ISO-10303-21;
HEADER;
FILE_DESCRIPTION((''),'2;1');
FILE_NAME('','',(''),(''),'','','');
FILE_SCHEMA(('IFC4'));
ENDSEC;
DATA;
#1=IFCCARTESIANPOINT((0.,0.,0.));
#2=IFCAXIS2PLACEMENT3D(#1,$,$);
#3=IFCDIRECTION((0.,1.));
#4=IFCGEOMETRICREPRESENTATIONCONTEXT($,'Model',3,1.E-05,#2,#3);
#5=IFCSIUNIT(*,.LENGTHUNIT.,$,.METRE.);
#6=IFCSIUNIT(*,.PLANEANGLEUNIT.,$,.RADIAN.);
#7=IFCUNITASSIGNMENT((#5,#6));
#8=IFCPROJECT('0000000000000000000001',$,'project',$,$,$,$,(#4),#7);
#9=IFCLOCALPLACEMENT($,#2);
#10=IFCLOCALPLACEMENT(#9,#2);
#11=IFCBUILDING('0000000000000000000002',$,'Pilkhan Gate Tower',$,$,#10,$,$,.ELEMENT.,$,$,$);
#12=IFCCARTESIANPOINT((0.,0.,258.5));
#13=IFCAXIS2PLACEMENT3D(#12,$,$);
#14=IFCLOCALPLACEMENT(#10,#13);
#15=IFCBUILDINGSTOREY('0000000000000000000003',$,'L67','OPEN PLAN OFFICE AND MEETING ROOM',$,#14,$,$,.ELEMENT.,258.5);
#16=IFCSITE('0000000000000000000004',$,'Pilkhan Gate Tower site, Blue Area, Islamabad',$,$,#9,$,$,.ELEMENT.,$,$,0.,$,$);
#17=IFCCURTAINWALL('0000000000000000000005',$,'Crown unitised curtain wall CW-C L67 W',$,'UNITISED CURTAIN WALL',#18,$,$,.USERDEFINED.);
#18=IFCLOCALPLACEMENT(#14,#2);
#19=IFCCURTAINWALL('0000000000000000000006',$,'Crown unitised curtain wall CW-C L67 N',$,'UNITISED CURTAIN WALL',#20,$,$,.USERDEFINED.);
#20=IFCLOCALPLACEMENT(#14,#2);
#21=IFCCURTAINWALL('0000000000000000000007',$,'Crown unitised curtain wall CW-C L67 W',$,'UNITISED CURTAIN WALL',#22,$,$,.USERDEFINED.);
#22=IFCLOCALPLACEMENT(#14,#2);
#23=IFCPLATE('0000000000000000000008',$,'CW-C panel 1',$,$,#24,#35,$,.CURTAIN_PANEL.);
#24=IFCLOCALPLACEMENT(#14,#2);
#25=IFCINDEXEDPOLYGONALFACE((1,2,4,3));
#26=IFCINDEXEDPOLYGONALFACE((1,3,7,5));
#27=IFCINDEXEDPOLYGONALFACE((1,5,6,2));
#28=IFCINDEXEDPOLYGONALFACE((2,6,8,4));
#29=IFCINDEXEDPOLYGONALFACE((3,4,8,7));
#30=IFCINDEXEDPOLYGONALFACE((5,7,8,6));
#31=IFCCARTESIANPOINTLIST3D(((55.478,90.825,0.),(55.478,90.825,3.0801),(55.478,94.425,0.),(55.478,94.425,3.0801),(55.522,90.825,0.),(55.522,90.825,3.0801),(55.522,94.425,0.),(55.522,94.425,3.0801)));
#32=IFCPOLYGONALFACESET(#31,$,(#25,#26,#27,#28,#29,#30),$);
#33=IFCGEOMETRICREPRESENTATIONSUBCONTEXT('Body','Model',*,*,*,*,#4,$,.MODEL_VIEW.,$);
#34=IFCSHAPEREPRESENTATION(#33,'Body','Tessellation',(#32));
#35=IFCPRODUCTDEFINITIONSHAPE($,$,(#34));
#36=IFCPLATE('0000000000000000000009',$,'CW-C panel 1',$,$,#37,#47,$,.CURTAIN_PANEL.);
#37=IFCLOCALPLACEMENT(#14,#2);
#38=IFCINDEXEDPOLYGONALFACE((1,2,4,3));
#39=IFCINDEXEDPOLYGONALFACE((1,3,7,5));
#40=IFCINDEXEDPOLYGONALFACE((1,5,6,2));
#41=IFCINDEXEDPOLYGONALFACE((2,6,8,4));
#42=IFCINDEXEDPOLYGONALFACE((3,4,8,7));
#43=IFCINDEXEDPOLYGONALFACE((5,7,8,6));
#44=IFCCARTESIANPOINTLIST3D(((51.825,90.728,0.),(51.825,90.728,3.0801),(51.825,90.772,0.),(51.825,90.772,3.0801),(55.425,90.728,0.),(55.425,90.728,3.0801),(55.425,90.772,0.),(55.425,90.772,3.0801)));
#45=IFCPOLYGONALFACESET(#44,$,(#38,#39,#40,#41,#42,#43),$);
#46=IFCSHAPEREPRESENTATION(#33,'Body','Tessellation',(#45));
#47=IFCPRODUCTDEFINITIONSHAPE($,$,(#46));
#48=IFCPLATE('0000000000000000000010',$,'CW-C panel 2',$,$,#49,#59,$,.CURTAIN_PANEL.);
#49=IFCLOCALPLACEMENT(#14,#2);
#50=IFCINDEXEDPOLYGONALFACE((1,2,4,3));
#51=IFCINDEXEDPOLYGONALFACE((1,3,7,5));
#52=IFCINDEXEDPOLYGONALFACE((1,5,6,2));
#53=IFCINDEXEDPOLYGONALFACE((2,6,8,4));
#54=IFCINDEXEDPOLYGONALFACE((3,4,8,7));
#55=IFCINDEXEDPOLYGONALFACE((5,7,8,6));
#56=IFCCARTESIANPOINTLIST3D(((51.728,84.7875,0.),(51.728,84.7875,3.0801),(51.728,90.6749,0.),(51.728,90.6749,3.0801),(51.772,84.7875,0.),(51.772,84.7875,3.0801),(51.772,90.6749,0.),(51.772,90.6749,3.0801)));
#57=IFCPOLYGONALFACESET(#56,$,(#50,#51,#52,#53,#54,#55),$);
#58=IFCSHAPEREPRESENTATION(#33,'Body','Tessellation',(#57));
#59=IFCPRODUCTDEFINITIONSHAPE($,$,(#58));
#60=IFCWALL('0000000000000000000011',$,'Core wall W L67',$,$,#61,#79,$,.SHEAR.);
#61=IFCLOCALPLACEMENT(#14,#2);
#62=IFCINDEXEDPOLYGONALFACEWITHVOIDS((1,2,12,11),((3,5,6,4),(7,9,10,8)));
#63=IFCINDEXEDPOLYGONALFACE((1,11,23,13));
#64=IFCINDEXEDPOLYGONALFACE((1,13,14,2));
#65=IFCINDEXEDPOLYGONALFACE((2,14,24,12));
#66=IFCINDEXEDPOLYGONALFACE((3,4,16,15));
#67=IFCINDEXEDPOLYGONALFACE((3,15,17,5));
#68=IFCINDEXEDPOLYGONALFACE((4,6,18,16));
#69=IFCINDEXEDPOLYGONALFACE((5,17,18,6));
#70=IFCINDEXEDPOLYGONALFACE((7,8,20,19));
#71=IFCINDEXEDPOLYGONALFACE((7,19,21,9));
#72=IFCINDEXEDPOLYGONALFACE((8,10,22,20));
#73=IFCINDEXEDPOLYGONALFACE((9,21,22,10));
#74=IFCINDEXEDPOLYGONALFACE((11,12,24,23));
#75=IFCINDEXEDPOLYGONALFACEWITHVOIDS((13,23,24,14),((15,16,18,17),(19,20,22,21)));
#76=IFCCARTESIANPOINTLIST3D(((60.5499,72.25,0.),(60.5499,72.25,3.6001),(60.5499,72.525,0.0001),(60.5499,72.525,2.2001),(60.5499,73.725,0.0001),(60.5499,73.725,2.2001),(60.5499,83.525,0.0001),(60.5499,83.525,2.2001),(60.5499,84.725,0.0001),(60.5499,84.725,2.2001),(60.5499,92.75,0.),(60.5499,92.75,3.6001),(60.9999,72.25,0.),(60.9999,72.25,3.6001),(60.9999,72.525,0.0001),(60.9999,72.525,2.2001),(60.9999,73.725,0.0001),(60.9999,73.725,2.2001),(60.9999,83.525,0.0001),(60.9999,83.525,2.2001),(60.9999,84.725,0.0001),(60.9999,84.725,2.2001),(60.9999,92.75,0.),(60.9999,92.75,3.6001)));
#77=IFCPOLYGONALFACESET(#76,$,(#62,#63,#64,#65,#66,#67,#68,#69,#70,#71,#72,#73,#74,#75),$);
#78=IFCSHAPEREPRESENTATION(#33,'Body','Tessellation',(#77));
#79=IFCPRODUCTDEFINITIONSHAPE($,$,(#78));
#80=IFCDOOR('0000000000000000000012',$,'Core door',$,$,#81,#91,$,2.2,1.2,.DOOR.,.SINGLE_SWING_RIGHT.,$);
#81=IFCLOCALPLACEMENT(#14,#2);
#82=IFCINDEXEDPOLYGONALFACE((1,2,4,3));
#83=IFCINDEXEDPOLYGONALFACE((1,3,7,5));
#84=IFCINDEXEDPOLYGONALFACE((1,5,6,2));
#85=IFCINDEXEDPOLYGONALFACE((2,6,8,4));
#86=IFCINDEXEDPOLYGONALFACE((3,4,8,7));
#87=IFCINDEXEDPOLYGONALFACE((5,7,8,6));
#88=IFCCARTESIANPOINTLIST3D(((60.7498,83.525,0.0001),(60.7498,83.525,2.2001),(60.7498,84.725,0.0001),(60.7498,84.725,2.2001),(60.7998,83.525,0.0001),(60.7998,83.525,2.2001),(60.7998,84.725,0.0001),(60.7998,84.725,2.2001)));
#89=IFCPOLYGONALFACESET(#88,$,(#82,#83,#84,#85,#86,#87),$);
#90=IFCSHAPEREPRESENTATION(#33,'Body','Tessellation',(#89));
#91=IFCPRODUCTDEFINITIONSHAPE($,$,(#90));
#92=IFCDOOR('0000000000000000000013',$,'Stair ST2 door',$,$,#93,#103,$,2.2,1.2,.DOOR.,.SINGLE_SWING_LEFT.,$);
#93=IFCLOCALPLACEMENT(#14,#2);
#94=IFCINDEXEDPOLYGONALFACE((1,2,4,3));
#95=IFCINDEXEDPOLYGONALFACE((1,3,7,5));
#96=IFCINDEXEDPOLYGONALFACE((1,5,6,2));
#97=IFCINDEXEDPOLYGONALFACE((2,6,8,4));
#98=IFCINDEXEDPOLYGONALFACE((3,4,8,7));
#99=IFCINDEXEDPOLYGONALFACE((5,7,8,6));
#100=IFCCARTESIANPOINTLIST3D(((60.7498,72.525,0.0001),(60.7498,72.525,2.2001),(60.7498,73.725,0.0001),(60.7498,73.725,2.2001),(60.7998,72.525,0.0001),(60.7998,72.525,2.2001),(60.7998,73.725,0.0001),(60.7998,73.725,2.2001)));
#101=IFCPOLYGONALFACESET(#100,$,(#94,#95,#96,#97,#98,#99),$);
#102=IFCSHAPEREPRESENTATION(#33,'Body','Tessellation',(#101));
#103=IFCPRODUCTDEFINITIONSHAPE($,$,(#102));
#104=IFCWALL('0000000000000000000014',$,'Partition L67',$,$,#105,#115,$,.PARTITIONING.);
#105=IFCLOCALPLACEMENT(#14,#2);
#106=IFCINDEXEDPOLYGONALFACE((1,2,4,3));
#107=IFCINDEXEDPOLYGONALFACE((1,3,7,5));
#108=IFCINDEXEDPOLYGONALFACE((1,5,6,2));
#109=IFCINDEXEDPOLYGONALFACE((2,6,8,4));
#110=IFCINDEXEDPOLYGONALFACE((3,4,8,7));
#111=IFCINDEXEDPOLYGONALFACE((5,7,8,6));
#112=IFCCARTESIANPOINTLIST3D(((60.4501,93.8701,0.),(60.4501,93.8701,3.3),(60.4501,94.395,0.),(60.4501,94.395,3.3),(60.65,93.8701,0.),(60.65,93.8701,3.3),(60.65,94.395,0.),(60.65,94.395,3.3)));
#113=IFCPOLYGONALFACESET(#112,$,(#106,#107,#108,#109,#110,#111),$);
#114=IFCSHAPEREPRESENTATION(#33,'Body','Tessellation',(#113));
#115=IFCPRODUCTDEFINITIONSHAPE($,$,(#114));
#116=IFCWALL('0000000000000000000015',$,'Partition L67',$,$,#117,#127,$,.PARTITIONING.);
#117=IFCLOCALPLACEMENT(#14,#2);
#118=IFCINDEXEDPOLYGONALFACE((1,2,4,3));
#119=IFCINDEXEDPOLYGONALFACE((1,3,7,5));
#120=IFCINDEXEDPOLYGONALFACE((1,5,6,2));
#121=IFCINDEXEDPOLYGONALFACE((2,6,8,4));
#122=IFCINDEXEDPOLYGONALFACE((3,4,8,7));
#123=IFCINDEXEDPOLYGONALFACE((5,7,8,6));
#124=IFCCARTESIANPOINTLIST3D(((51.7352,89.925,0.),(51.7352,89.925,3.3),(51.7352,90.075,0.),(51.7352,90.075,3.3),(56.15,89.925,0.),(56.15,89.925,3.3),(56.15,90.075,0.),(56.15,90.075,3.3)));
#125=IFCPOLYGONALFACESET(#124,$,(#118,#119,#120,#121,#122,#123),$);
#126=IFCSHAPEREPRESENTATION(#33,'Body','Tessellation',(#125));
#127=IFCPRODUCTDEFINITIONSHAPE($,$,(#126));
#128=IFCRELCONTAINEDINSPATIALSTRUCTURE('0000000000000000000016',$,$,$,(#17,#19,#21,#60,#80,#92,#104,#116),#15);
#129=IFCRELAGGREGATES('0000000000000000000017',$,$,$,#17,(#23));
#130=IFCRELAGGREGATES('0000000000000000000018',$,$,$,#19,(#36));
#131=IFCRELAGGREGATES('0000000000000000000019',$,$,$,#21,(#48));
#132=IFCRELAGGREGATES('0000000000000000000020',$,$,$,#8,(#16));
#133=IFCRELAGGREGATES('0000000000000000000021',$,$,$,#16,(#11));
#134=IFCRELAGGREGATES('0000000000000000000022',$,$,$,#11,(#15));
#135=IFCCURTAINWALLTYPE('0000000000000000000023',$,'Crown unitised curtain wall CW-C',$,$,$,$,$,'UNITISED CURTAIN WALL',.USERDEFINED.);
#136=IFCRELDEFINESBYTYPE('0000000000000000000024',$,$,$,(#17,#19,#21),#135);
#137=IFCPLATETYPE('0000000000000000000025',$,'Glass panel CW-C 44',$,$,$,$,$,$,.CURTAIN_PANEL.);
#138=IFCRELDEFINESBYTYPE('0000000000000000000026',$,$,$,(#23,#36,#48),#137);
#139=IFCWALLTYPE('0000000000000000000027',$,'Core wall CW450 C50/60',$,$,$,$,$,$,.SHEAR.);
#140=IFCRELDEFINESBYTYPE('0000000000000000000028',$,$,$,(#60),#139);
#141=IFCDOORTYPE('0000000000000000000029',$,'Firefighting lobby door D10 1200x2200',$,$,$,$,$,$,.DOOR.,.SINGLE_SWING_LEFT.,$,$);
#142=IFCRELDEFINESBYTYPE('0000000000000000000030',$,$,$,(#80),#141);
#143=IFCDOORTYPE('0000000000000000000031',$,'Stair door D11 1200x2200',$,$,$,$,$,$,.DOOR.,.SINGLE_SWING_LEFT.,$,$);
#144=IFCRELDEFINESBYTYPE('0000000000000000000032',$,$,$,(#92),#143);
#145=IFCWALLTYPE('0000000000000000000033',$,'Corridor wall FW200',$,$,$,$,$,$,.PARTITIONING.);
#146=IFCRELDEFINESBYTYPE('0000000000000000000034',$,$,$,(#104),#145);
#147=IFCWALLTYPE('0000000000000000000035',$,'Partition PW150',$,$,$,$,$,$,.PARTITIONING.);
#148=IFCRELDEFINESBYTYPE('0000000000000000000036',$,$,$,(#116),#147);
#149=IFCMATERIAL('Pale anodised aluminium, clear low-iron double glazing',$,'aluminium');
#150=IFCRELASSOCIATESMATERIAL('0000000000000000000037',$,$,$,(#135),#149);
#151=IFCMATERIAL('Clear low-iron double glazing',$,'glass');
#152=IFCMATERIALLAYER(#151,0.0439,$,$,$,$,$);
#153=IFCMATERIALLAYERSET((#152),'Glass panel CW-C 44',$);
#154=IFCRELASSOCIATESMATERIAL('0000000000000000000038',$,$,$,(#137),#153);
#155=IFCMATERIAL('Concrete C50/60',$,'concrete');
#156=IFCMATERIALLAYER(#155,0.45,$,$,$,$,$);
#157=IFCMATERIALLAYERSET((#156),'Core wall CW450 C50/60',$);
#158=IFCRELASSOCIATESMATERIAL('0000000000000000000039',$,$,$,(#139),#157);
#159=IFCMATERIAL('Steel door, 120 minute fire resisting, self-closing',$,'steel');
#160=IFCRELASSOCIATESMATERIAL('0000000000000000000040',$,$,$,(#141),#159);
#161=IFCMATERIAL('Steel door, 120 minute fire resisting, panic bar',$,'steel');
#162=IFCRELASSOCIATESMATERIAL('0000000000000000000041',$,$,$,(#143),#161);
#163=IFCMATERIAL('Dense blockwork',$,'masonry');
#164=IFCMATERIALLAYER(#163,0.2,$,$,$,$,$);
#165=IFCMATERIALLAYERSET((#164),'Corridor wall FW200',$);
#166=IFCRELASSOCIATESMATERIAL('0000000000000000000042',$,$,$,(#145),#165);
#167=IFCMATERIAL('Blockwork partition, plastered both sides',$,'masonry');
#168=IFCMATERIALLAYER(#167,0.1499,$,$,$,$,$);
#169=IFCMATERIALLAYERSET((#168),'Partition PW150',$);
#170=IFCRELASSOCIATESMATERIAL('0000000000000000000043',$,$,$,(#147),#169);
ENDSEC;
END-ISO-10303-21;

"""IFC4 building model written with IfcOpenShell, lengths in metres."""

from ifc_helpers import new_model, si_unit, direction, frame, frame_2d, origin, origin_2d, place, context, subcontext, project, spatial, rectangle, extrude, material, layer, layer_set, type_object, element, fill, aggregate, save


model = new_model("IFC4")

# Units and contexts
model_context = context("Model", 3, precision=1e-05, world=origin(), true_north=direction((0.0, 1.0)))
body_context = subcontext(model_context, "Body", "Model", "MODEL_VIEW")
ifc_project = project(units=[si_unit("LENGTHUNIT", "METRE"), si_unit("PLANEANGLEUNIT", "RADIAN")], contexts=[model_context])

# Site, building, storey
site_placement = place(None, origin())
site = spatial("IfcSite", under=ifc_project, at=site_placement, Name="Pilkhan Gate Tower site, Blue Area, Islamabad", CompositionType="ELEMENT", RefElevation=0.0)
building_placement = place(site_placement, origin())
building = spatial("IfcBuilding", under=site, at=building_placement, Name="Pilkhan Gate Tower", CompositionType="ELEMENT")
storey_placement = place(building_placement, frame((0.0, 0.0, 258.5)))
storey = spatial("IfcBuildingStorey", under=building, at=storey_placement, Name="L67", Description="OPEN PLAN OFFICE AND MEETING ROOM", CompositionType="ELEMENT", Elevation=258.5)

# Shared definitions
ifc_material_1 = material(Name="Pale anodised aluminium, clear low-iron double glazing", Category="aluminium")
curtain_wall_type = type_object("IfcCurtainWallType", Name="Crown unitised curtain wall CW-C", ElementType="UNITISED CURTAIN WALL", PredefinedType="USERDEFINED", material=ifc_material_1)

# Curtain walls
curtain_wall_1_placement = place(storey_placement, origin())
curtain_wall_1 = element("IfcCurtainWall", 1, at=curtain_wall_1_placement, inside=storey, type_object=curtain_wall_type, Name="Crown unitised curtain wall CW-C L67 W", ObjectType="UNITISED CURTAIN WALL", PredefinedType="USERDEFINED")
curtain_wall_2_placement = place(storey_placement, origin())
curtain_wall_2 = element("IfcCurtainWall", 2, at=curtain_wall_2_placement, inside=storey, type_object=curtain_wall_type, Name="Crown unitised curtain wall CW-C L67 N", ObjectType="UNITISED CURTAIN WALL", PredefinedType="USERDEFINED")
curtain_wall_3_placement = place(storey_placement, origin())
curtain_wall_3 = element("IfcCurtainWall", 3, at=curtain_wall_3_placement, inside=storey, type_object=curtain_wall_type, Name="Crown unitised curtain wall CW-C L67 W", ObjectType="UNITISED CURTAIN WALL", PredefinedType="USERDEFINED")

# Plates
ifc_material_2 = material(Name="Clear low-iron double glazing", Category="glass")
ifc_layer_1 = layer(ifc_material_2, 0.0439)
ifc_layer_set_1 = layer_set([ifc_layer_1], Name="Glass panel CW-C 44")
plate_type = type_object("IfcPlateType", Name="Glass panel CW-C 44", PredefinedType="CURTAIN_PANEL", material=ifc_layer_set_1)
plate_1_placement = place(storey_placement, frame((55.5, 92.625, 0.0), z_axis=(0.0, 0.0, 1.0), x_axis=(0.0, 1.0, 0.0)))
plate_1 = element("IfcPlate", 4, at=plate_1_placement, type_object=plate_type, Name="CW-C panel 1", PredefinedType="CURTAIN_PANEL", context=body_context, shape_type="SweptSolid", body=[
    extrude(rectangle(XDim=3.6001, YDim=0.0439, at=origin_2d()), origin(), (0.0, 0.0, 1.0), 3.0801),
])
aggregate(curtain_wall_1, [plate_1])
plate_2_placement = place(storey_placement, frame((53.625, 90.75, 0.0), z_axis=(0.0, 0.0, 1.0), x_axis=(1.0, 0.0, 0.0)))
plate_2 = element("IfcPlate", 5, at=plate_2_placement, type_object=plate_type, Name="CW-C panel 1", PredefinedType="CURTAIN_PANEL", context=body_context, shape_type="SweptSolid", body=[
    extrude(rectangle(XDim=3.6001, YDim=0.0439, at=origin_2d()), origin(), (0.0, 0.0, 1.0), 3.0801),
])
aggregate(curtain_wall_2, [plate_2])
plate_3_placement = place(storey_placement, frame((51.75, 87.7312, 0.0), z_axis=(0.0, 0.0, 1.0), x_axis=(0.0, 1.0, 0.0)))
plate_3 = element("IfcPlate", 6, at=plate_3_placement, type_object=plate_type, Name="CW-C panel 2", PredefinedType="CURTAIN_PANEL", context=body_context, shape_type="SweptSolid", body=[
    extrude(rectangle(XDim=5.8875, YDim=0.0439, at=origin_2d()), origin(), (0.0, 0.0, 1.0), 3.0801),
])
aggregate(curtain_wall_3, [plate_3])

# Wall, openings, doors
ifc_material_3 = material(Name="Concrete C50/60", Category="concrete")
ifc_layer_2 = layer(ifc_material_3, 0.45)
ifc_layer_set_2 = layer_set([ifc_layer_2], Name="Core wall CW450 C50/60")
wall_type_1 = type_object("IfcWallType", Name="Core wall CW450 C50/60", PredefinedType="SHEAR", material=ifc_layer_set_2)
wall_1_placement = place(storey_placement, frame((60.7749, 92.75, 0.0), z_axis=(0.0, 0.0, 1.0), x_axis=(0.0, -1.0, 0.0)))
wall_1 = element("IfcWall", 7, at=wall_1_placement, inside=storey, type_object=wall_type_1, Name="Core wall W L67", PredefinedType="SHEAR", context=body_context, shape_type="SweptSolid", body=[
    extrude(rectangle(XDim=20.5, YDim=0.45, at=frame_2d((10.25, 0.0))), origin(), (0.0, 0.0, 1.0), 3.6001),
])
opening_1_placement = place(wall_1_placement, frame((19.0249, 0.0, 0.0)))
opening_1 = element("IfcOpeningElement", 8, at=opening_1_placement, cuts=wall_1, PredefinedType="OPENING", context=body_context, shape_type="SweptSolid", body=[
    extrude(rectangle(XDim=1.2, YDim=2.2, at=frame_2d((0.6001, 1.1001))), frame((0.0, 0.2349, 0.0), z_axis=(0.0, -1.0, 0.0), x_axis=(1.0, 0.0, 0.0)), (0.0, 0.0, 1.0), 0.47),
])
opening_2_placement = place(wall_1_placement, frame((8.0249, 0.0, 0.0)))
opening_2 = element("IfcOpeningElement", 9, at=opening_2_placement, cuts=wall_1, PredefinedType="OPENING", context=body_context, shape_type="SweptSolid", body=[
    extrude(rectangle(XDim=1.2, YDim=2.2, at=frame_2d((0.6001, 1.1001))), frame((0.0, 0.2349, 0.0), z_axis=(0.0, -1.0, 0.0), x_axis=(1.0, 0.0, 0.0)), (0.0, 0.0, 1.0), 0.47),
])
ifc_material_4 = material(Name="Steel door, 120 minute fire resisting, self-closing", Category="steel")
door_type_1 = type_object("IfcDoorType", Name="Firefighting lobby door D10 1200x2200", OperationType="SINGLE_SWING_LEFT", PredefinedType="DOOR", material=ifc_material_4)
door_1_placement = place(opening_2_placement, origin())
door_1 = element("IfcDoor", 10, at=door_1_placement, inside=storey, type_object=door_type_1, Name="Core door", OperationType="SINGLE_SWING_RIGHT", OverallHeight=2.2, OverallWidth=1.2, PredefinedType="DOOR", context=body_context, shape_type="SweptSolid", body=[
    extrude(rectangle(XDim=1.2, YDim=2.2, at=frame_2d((0.6001, 1.1001))), frame((0.0, 0.0249, 0.0), z_axis=(0.0, -1.0, 0.0), x_axis=(1.0, 0.0, 0.0)), (0.0, 0.0, 1.0), 0.05),
])
fill(opening_2, door_1)
ifc_material_5 = material(Name="Steel door, 120 minute fire resisting, panic bar", Category="steel")
door_type_2 = type_object("IfcDoorType", Name="Stair door D11 1200x2200", OperationType="SINGLE_SWING_LEFT", PredefinedType="DOOR", material=ifc_material_5)
door_2_placement = place(opening_1_placement, origin())
door_2 = element("IfcDoor", 11, at=door_2_placement, inside=storey, type_object=door_type_2, Name="Stair ST2 door", OperationType="SINGLE_SWING_LEFT", OverallHeight=2.2, OverallWidth=1.2, PredefinedType="DOOR", context=body_context, shape_type="SweptSolid", body=[
    extrude(rectangle(XDim=1.2, YDim=2.2, at=frame_2d((0.6001, 1.1001))), frame((0.0, 0.0249, 0.0), z_axis=(0.0, -1.0, 0.0), x_axis=(1.0, 0.0, 0.0)), (0.0, 0.0, 1.0), 0.05),
])
fill(opening_1, door_2)

# Walls
ifc_material_6 = material(Name="Dense blockwork", Category="masonry")
ifc_layer_3 = layer(ifc_material_6, 0.2)
ifc_layer_set_3 = layer_set([ifc_layer_3], Name="Corridor wall FW200")
wall_type_2 = type_object("IfcWallType", Name="Corridor wall FW200", PredefinedType="PARTITIONING", material=ifc_layer_set_3)
wall_2_placement = place(storey_placement, frame((60.55, 93.8701, 0.0), z_axis=(0.0, 0.0, 1.0), x_axis=(0.0, 1.0, 0.0)))
element("IfcWall", 12, at=wall_2_placement, inside=storey, type_object=wall_type_2, Name="Partition L67", PredefinedType="PARTITIONING", context=body_context, shape_type="SweptSolid", body=[
    extrude(rectangle(XDim=0.5249, YDim=0.2, at=frame_2d((0.2625, 0.0))), origin(), (0.0, 0.0, 1.0), 3.3),
])
ifc_material_7 = material(Name="Blockwork partition, plastered both sides", Category="masonry")
ifc_layer_4 = layer(ifc_material_7, 0.1499)
ifc_layer_set_4 = layer_set([ifc_layer_4], Name="Partition PW150")
wall_type_3 = type_object("IfcWallType", Name="Partition PW150", PredefinedType="PARTITIONING", material=ifc_layer_set_4)
wall_3_placement = place(storey_placement, frame((51.7351, 90.0, 0.0), z_axis=(0.0, 0.0, 1.0), x_axis=(1.0, 0.0, 0.0)))
element("IfcWall", 13, at=wall_3_placement, inside=storey, type_object=wall_type_3, Name="Partition L67", PredefinedType="PARTITIONING", context=body_context, shape_type="SweptSolid", body=[
    extrude(rectangle(XDim=4.4148, YDim=0.1499, at=frame_2d((2.2075, 0.0))), origin(), (0.0, 0.0, 1.0), 3.3),
])

save(model, "model.ifc")
